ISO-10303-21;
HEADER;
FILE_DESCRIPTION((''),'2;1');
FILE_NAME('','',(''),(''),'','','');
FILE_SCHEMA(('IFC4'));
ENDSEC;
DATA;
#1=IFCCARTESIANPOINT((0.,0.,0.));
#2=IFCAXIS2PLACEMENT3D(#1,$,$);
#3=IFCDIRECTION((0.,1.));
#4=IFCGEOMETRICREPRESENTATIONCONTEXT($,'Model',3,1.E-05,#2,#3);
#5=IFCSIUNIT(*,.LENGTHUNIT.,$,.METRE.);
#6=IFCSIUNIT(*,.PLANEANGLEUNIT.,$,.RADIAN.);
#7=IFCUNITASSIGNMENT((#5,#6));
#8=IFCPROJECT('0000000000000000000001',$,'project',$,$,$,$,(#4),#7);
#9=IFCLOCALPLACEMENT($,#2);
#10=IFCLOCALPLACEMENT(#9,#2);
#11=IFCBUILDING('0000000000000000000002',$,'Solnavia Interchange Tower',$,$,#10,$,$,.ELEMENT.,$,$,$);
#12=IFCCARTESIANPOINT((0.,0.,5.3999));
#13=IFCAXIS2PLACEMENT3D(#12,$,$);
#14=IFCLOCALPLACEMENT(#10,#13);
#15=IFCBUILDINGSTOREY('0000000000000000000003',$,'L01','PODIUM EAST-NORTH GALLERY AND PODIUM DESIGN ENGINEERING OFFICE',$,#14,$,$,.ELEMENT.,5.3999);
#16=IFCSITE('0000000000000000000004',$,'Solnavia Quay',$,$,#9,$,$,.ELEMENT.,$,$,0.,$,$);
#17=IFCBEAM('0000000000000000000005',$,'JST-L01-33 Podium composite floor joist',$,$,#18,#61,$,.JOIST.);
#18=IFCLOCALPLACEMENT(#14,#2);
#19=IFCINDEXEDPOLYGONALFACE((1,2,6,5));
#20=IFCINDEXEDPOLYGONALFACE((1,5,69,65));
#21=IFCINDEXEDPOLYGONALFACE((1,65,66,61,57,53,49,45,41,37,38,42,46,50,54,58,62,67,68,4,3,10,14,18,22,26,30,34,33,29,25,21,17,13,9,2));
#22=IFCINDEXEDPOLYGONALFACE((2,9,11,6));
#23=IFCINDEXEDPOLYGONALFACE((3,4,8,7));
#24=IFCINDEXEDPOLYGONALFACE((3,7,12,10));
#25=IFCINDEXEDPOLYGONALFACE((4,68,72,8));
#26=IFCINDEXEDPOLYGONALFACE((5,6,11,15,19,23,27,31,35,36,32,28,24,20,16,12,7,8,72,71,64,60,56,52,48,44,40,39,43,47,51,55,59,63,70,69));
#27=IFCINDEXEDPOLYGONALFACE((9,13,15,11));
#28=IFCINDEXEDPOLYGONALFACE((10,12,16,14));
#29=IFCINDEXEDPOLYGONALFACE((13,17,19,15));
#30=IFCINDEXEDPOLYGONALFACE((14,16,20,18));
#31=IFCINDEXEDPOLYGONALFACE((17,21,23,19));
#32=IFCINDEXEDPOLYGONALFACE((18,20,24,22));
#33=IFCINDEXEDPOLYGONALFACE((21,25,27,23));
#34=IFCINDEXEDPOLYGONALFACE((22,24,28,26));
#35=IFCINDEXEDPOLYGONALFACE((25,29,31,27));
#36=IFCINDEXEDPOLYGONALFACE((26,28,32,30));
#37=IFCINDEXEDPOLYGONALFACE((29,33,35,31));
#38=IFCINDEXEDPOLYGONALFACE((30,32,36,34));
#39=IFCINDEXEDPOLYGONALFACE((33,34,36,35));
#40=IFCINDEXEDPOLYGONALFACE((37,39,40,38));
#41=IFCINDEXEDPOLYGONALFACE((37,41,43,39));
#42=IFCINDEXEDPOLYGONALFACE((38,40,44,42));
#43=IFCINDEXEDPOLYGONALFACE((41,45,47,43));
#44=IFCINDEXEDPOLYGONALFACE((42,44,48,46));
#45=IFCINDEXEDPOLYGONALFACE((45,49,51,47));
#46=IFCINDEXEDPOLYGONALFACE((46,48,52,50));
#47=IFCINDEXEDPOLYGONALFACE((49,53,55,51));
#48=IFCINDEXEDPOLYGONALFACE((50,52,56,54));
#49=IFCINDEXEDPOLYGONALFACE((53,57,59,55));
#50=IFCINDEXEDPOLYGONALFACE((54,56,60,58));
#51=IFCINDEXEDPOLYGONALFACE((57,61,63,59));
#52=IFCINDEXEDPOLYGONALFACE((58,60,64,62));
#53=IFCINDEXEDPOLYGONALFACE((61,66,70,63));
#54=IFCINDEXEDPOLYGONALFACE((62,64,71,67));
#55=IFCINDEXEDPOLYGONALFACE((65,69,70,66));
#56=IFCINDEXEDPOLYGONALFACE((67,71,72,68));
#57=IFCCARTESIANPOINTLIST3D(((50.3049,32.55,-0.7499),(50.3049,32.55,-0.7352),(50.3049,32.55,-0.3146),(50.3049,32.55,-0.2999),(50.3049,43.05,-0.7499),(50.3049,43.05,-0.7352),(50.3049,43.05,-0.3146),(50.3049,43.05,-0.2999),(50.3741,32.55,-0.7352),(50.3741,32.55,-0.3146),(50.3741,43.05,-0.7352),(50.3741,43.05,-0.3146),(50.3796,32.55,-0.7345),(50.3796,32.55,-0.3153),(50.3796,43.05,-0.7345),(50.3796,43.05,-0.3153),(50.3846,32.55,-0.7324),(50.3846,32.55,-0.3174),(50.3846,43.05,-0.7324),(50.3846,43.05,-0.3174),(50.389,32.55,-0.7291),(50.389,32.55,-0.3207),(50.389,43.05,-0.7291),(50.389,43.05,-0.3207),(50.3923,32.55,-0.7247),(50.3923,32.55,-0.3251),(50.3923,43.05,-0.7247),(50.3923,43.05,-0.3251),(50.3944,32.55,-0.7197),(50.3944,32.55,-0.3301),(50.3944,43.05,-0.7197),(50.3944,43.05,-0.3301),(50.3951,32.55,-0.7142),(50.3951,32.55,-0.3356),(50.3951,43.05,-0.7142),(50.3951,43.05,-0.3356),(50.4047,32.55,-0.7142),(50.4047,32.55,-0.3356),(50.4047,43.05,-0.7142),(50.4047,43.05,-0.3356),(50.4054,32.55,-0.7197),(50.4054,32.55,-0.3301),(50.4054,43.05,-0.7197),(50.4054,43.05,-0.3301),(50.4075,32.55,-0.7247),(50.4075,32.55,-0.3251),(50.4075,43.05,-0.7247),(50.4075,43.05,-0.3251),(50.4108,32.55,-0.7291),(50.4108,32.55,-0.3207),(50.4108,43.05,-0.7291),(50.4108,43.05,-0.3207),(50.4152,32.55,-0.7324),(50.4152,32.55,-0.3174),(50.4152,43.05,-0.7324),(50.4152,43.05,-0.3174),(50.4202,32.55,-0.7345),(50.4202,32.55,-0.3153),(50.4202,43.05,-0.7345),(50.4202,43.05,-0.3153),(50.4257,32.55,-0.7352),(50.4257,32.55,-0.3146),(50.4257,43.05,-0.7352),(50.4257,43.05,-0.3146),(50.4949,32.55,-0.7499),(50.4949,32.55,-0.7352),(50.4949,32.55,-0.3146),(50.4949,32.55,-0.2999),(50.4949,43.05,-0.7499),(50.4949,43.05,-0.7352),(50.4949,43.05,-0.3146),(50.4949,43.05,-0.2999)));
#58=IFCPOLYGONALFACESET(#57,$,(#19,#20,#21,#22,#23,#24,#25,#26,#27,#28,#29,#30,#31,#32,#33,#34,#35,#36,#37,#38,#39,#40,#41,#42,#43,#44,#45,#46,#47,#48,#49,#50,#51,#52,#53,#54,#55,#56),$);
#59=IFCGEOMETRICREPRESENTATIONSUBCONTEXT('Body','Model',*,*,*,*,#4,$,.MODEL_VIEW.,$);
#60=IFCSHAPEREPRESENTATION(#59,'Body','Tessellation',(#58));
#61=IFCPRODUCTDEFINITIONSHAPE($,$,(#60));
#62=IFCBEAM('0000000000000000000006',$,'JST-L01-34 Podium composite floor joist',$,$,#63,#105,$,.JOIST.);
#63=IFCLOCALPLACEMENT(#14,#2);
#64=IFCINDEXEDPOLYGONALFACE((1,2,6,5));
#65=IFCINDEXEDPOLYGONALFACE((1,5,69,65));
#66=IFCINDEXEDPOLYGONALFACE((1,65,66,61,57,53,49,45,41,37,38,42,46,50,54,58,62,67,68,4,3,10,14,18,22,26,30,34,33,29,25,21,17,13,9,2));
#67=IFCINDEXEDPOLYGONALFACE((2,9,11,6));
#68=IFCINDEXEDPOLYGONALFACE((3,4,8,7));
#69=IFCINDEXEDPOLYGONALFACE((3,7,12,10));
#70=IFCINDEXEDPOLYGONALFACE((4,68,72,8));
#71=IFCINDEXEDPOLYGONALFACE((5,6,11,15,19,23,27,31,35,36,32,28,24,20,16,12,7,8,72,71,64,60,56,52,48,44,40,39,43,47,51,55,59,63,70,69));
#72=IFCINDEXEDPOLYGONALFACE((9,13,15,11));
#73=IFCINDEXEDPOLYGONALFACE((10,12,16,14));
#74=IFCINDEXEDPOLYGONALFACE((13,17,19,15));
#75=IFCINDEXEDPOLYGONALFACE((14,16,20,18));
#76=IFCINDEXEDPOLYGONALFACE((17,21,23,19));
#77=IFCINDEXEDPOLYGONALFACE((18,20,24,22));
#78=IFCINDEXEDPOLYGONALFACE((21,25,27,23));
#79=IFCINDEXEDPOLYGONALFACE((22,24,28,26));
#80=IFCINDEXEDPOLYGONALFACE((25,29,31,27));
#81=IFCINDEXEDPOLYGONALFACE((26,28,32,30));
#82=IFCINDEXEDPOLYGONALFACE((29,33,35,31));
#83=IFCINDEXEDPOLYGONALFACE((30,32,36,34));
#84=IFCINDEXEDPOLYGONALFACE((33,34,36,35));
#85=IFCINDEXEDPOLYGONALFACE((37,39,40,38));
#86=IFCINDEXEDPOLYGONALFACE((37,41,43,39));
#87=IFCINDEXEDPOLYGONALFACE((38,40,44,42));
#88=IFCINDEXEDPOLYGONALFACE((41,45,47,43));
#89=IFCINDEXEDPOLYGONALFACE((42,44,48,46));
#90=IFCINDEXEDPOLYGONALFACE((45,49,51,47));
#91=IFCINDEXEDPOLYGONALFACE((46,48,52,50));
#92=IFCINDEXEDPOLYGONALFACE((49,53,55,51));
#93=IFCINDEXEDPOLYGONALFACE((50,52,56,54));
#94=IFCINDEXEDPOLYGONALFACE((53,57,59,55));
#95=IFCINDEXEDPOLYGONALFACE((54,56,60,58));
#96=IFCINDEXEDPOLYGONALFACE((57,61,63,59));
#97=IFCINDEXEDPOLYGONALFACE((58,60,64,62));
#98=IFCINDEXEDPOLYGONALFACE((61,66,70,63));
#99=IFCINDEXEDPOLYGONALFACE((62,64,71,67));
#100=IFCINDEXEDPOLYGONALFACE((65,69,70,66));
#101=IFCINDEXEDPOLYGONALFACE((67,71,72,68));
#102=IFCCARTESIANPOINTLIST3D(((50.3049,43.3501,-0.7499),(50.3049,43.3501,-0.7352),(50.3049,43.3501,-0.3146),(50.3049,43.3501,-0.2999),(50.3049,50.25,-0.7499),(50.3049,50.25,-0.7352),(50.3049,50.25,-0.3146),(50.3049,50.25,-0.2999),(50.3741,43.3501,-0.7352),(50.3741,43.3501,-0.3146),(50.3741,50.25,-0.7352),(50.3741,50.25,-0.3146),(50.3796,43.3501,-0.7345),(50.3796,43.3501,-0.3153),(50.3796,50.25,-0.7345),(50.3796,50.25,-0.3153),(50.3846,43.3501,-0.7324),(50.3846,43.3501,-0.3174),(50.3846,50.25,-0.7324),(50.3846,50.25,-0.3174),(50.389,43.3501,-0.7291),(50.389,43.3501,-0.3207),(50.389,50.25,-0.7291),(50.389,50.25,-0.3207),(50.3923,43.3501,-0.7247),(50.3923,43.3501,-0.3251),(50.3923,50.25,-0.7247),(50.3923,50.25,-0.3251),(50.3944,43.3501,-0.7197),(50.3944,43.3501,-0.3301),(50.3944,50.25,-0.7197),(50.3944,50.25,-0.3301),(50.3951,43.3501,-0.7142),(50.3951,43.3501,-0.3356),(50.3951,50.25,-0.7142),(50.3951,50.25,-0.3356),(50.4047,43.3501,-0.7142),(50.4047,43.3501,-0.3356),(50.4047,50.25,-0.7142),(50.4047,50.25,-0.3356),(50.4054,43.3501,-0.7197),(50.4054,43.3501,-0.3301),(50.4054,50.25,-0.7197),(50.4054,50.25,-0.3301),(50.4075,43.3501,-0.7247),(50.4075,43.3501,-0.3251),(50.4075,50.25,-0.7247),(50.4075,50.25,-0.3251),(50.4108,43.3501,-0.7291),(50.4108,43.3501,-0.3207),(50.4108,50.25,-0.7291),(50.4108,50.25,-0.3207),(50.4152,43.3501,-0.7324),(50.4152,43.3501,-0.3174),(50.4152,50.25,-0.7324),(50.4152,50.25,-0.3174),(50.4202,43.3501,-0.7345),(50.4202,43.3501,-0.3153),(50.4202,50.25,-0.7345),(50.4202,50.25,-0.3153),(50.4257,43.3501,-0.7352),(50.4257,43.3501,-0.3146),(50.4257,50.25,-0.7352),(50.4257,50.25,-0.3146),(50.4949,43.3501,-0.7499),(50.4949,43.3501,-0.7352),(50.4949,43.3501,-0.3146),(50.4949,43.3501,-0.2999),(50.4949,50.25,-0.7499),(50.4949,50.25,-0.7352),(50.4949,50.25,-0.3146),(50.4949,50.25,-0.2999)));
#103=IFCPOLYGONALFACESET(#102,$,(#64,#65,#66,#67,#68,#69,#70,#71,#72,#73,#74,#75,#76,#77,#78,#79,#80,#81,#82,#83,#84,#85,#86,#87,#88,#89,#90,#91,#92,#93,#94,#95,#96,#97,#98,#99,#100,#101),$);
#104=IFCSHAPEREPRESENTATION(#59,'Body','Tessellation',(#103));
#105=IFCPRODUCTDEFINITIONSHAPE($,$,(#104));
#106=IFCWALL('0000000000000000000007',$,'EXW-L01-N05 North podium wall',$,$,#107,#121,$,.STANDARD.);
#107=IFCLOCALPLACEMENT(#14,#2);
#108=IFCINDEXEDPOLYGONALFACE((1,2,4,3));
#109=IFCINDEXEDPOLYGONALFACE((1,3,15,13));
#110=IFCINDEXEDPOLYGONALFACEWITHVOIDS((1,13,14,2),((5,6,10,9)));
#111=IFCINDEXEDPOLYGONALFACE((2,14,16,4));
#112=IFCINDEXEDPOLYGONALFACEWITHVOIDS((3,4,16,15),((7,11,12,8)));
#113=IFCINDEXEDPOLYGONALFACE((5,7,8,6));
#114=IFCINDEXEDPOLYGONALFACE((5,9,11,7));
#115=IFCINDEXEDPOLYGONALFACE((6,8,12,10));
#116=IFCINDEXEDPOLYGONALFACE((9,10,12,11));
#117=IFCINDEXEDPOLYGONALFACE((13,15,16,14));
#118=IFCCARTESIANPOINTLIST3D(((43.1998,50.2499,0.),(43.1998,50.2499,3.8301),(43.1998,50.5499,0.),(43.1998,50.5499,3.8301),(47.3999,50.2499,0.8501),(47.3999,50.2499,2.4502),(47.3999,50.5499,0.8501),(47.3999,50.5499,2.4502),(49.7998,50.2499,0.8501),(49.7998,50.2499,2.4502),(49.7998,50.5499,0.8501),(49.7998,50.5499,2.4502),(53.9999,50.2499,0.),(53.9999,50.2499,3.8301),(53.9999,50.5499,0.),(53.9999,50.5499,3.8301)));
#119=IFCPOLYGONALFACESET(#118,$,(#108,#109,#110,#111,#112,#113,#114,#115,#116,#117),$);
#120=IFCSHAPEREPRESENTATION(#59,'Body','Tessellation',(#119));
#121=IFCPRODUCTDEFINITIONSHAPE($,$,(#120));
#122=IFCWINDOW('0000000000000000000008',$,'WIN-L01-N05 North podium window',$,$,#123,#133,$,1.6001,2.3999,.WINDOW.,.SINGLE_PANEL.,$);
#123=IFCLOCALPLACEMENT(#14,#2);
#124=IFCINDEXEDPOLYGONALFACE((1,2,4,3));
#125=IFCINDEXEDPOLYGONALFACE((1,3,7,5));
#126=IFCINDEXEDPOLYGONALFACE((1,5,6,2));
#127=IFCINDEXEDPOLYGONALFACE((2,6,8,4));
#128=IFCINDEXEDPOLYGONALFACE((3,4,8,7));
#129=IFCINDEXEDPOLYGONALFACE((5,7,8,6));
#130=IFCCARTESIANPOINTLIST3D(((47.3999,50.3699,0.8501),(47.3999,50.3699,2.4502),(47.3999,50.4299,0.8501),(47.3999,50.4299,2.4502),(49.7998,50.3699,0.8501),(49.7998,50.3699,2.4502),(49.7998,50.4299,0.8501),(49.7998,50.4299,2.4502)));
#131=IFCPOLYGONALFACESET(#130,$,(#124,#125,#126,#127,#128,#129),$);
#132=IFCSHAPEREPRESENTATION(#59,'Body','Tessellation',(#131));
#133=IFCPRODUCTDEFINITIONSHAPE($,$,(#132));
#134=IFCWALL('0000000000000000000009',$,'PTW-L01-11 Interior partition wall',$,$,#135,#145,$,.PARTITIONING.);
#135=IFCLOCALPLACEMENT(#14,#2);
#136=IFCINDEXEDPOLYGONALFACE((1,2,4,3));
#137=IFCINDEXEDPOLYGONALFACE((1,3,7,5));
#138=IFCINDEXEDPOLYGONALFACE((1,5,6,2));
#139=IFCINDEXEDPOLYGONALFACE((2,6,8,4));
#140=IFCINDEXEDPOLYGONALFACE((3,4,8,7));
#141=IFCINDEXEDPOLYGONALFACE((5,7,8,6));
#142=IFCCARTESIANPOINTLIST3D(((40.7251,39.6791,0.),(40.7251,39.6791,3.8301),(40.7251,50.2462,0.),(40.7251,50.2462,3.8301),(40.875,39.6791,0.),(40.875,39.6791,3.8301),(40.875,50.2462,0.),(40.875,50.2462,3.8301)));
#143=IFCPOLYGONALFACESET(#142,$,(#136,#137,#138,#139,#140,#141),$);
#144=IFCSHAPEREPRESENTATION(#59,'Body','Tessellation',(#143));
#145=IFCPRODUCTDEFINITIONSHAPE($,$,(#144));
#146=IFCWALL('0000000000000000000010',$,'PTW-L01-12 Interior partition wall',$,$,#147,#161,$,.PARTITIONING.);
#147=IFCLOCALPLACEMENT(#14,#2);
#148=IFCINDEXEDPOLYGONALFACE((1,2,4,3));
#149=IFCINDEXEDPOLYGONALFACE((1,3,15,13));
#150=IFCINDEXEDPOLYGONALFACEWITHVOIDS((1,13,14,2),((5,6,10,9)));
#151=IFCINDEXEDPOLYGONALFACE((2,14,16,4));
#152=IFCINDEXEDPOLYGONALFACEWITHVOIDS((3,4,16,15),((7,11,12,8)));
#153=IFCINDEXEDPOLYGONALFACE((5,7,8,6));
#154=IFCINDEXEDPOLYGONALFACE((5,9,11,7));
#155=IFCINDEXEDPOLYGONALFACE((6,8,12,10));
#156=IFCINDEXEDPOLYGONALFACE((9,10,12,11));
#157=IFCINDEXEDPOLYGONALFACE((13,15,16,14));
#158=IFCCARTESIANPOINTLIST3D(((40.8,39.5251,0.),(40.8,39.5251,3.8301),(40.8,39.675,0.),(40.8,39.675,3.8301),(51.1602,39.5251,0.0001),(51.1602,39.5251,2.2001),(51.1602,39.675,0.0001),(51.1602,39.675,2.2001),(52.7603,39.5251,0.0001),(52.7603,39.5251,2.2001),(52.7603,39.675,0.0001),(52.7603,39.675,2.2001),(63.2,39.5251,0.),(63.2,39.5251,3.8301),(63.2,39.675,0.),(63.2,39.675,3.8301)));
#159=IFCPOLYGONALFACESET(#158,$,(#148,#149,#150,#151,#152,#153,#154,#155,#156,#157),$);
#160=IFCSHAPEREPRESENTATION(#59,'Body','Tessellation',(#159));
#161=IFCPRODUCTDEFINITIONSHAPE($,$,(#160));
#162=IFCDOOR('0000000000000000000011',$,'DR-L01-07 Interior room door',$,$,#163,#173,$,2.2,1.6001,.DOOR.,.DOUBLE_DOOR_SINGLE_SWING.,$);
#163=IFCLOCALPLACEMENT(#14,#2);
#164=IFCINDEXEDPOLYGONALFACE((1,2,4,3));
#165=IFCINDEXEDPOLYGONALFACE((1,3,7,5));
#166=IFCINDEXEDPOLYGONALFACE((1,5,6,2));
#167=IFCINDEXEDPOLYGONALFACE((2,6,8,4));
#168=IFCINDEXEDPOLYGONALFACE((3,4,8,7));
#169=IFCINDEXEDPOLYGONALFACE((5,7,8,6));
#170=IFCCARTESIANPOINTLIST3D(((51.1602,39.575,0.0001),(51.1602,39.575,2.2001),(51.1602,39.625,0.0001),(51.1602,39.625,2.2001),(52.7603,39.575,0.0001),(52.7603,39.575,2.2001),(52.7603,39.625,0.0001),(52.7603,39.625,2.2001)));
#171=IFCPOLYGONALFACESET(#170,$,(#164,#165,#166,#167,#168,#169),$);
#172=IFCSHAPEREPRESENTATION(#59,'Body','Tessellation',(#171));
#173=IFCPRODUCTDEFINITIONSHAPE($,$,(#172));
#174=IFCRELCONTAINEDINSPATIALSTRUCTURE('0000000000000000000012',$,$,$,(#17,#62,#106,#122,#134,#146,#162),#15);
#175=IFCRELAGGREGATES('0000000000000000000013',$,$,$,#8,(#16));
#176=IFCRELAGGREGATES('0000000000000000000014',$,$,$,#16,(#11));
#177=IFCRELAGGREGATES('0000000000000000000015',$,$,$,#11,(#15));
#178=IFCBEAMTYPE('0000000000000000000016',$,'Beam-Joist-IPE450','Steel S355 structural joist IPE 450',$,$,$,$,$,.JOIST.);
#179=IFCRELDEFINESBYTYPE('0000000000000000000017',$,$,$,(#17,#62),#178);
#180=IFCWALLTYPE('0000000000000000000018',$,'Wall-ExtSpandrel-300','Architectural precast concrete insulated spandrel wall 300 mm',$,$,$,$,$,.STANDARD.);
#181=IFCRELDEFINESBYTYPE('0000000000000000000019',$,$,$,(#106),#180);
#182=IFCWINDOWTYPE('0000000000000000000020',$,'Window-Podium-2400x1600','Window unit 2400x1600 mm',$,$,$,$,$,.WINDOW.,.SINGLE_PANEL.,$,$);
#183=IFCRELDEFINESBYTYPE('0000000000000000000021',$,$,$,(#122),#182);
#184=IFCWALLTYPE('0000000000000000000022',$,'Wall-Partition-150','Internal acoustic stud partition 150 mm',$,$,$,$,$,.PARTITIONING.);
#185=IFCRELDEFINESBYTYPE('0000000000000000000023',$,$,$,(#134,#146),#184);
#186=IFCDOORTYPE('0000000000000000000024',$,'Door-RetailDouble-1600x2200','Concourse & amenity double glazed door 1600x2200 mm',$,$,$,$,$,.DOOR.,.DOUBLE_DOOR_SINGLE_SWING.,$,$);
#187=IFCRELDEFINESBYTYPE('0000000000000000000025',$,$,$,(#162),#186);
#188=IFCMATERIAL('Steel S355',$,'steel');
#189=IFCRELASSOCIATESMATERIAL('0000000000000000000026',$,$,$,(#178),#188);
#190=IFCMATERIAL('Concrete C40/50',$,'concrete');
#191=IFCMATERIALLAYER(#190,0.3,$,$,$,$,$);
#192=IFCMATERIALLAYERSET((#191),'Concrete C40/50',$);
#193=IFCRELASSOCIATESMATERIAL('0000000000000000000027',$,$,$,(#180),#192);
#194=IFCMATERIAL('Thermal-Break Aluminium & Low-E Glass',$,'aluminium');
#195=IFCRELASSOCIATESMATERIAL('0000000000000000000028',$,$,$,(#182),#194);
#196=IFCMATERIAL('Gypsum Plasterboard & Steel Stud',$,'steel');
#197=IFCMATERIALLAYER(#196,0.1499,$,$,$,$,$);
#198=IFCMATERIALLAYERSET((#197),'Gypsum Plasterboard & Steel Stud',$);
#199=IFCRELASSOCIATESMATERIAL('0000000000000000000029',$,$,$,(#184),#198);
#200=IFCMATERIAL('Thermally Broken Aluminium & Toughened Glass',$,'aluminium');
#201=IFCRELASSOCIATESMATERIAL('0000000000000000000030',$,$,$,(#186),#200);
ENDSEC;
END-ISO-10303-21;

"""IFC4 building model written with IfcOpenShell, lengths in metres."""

from ifc_helpers import new_model, si_unit, direction, frame, frame_2d, origin, origin_2d, place, context, subcontext, project, spatial, rectangle, i_section, extrude, material, layer, layer_set, material_profile, profile_set, type_object, element, fill, save


model = new_model("IFC4")

# Units and contexts
model_context = context("Model", 3, precision=1e-05, world=origin(), true_north=direction((0.0, 1.0)))
body_context = subcontext(model_context, "Body", "Model", "MODEL_VIEW")
ifc_project = project(units=[si_unit("LENGTHUNIT", "METRE"), si_unit("PLANEANGLEUNIT", "RADIAN")], contexts=[model_context])

# Site, building, storey
site_placement = place(None, origin())
site = spatial("IfcSite", under=ifc_project, at=site_placement, Name="Solnavia Quay", CompositionType="ELEMENT", RefElevation=0.0)
building_placement = place(site_placement, origin())
building = spatial("IfcBuilding", under=site, at=building_placement, Name="Solnavia Interchange Tower", CompositionType="ELEMENT")
storey_placement = place(building_placement, frame((0.0, 0.0, 5.3999)))
storey = spatial("IfcBuildingStorey", under=building, at=storey_placement, Name="L01", Description="PODIUM EAST-NORTH GALLERY AND PODIUM DESIGN ENGINEERING OFFICE", CompositionType="ELEMENT", Elevation=5.3999)

# Beams
ifc_material_1 = material(Name="Steel S355", Category="steel")
ifc_material_profile_1 = material_profile(ifc_material_1, i_section(OverallWidth=0.1899, OverallDepth=0.45, WebThickness=0.0095, FlangeThickness=0.0146, FilletRadius=0.021, at=origin_2d()), Name="IPE 450")
ifc_profile_set_1 = profile_set([ifc_material_profile_1], Name="Steel S355")
beam_type_1 = type_object("IfcBeamType", Name="Beam-Joist-IPE450", Description="Steel S355 structural joist IPE 450", PredefinedType="JOIST", material=ifc_profile_set_1)
beam_1_placement = place(storey_placement, frame((50.3999, 32.55, -0.5249), z_axis=(0.0, 1.0, 0.0), x_axis=(-1.0, 0.0, 0.0)))
element("IfcBeam", 1, at=beam_1_placement, inside=storey, type_object=beam_type_1, Name="JST-L01-33 Podium composite floor joist", PredefinedType="JOIST", context=body_context, shape_type="SweptSolid", body=[
    extrude(i_section(OverallWidth=0.1899, OverallDepth=0.45, WebThickness=0.0095, FlangeThickness=0.0146, FilletRadius=0.021, at=origin_2d()), origin(), (0.0, 0.0, 1.0), 10.5),
])
beam_2_placement = place(storey_placement, frame((50.3999, 43.3501, -0.5249), z_axis=(0.0, 1.0, 0.0), x_axis=(-1.0, 0.0, 0.0)))
element("IfcBeam", 2, at=beam_2_placement, inside=storey, type_object=beam_type_1, Name="JST-L01-34 Podium composite floor joist", PredefinedType="JOIST", context=body_context, shape_type="SweptSolid", body=[
    extrude(i_section(OverallWidth=0.1899, OverallDepth=0.45, WebThickness=0.0095, FlangeThickness=0.0146, FilletRadius=0.021, at=origin_2d()), origin(), (0.0, 0.0, 1.0), 6.8999),
])

# Wall, opening, window
ifc_material_2 = material(Name="Concrete C40/50", Category="concrete")
ifc_layer_1 = layer(ifc_material_2, 0.3)
ifc_layer_set_1 = layer_set([ifc_layer_1], Name="Concrete C40/50")
wall_type_1 = type_object("IfcWallType", Name="Wall-ExtSpandrel-300", Description="Architectural precast concrete insulated spandrel wall 300 mm", PredefinedType="STANDARD", material=ifc_layer_set_1)
wall_1_placement = place(storey_placement, frame((43.2, 50.3999, 0.0), z_axis=(0.0, 0.0, 1.0), x_axis=(1.0, 0.0, 0.0)))
wall_1 = element("IfcWall", 3, at=wall_1_placement, inside=storey, type_object=wall_type_1, Name="EXW-L01-N05 North podium wall", PredefinedType="STANDARD", context=body_context, shape_type="SweptSolid", body=[
    extrude(rectangle(XDim=10.8, YDim=0.3, at=frame_2d((5.3999, 0.0))), origin(), (0.0, 0.0, 1.0), 3.8301),
])
opening_1_placement = place(wall_1_placement, frame((4.2, 0.0, 0.8501)))
opening_1 = element("IfcOpeningElement", 4, at=opening_1_placement, cuts=wall_1, PredefinedType="OPENING", context=body_context, shape_type="SweptSolid", body=[
    extrude(rectangle(XDim=2.3999, YDim=1.6001, at=frame_2d((1.2, 0.8))), frame((0.0, 0.1602, 0.0), z_axis=(0.0, -1.0, 0.0), x_axis=(1.0, 0.0, 0.0)), (0.0, 0.0, 1.0), 0.3201),
])
ifc_material_3 = material(Name="Thermal-Break Aluminium & Low-E Glass", Category="aluminium")
window_type = type_object("IfcWindowType", Name="Window-Podium-2400x1600", Description="Window unit 2400x1600 mm", PartitioningType="SINGLE_PANEL", PredefinedType="WINDOW", material=ifc_material_3)
window_placement = place(opening_1_placement, origin())
window = element("IfcWindow", 5, at=window_placement, inside=storey, type_object=window_type, Name="WIN-L01-N05 North podium window", OverallHeight=1.6001, OverallWidth=2.3999, PartitioningType="SINGLE_PANEL", PredefinedType="WINDOW", context=body_context, shape_type="SweptSolid", body=[
    extrude(rectangle(XDim=2.3999, YDim=1.6001, at=frame_2d((1.2, 0.8))), frame((0.0, 0.03, 0.0), z_axis=(0.0, -1.0, 0.0), x_axis=(1.0, 0.0, 0.0)), (0.0, 0.0, 1.0), 0.0601),
])
fill(opening_1, window)

# Wall
ifc_material_4 = material(Name="Gypsum Plasterboard & Steel Stud", Category="steel")
ifc_layer_2 = layer(ifc_material_4, 0.1499)
ifc_layer_set_2 = layer_set([ifc_layer_2], Name="Gypsum Plasterboard & Steel Stud")
wall_type_2 = type_object("IfcWallType", Name="Wall-Partition-150", Description="Internal acoustic stud partition 150 mm", PredefinedType="PARTITIONING", material=ifc_layer_set_2)
wall_2_placement = place(storey_placement, frame((40.8, 39.679, 0.0), z_axis=(0.0, 0.0, 1.0), x_axis=(0.0, 1.0, 0.0)))
element("IfcWall", 6, at=wall_2_placement, inside=storey, type_object=wall_type_2, Name="PTW-L01-11 Interior partition wall", PredefinedType="PARTITIONING", context=body_context, shape_type="SweptSolid", body=[
    extrude(rectangle(XDim=10.5671, YDim=0.1499, at=frame_2d((5.2837, 0.0))), origin(), (0.0, 0.0, 1.0), 3.8301),
])

# Wall, opening, door
wall_3_placement = place(storey_placement, frame((40.8, 39.6001, 0.0), z_axis=(0.0, 0.0, 1.0), x_axis=(1.0, 0.0, 0.0)))
wall_3 = element("IfcWall", 7, at=wall_3_placement, inside=storey, type_object=wall_type_2, Name="PTW-L01-12 Interior partition wall", PredefinedType="PARTITIONING", context=body_context, shape_type="SweptSolid", body=[
    extrude(rectangle(XDim=22.3999, YDim=0.1499, at=frame_2d((11.2, 0.0))), origin(), (0.0, 0.0, 1.0), 3.8301),
])
opening_2_placement = place(wall_3_placement, frame((10.3601, 0.0, 0.0)))
opening_2 = element("IfcOpeningElement", 8, at=opening_2_placement, cuts=wall_3, PredefinedType="OPENING", context=body_context, shape_type="SweptSolid", body=[
    extrude(rectangle(XDim=1.6001, YDim=2.2, at=frame_2d((0.8, 1.1001))), frame((0.0, 0.085, 0.0), z_axis=(0.0, -1.0, 0.0), x_axis=(1.0, 0.0, 0.0)), (0.0, 0.0, 1.0), 0.1699),
])
ifc_material_5 = material(Name="Thermally Broken Aluminium & Toughened Glass", Category="aluminium")
door_type_1 = type_object("IfcDoorType", Name="Door-RetailDouble-1600x2200", Description="Concourse & amenity double glazed door 1600x2200 mm", OperationType="DOUBLE_DOOR_SINGLE_SWING", PredefinedType="DOOR", material=ifc_material_5)
door_1_placement = place(opening_2_placement, origin())
door_1 = element("IfcDoor", 9, at=door_1_placement, inside=storey, type_object=door_type_1, Name="DR-L01-07 Interior room door", OperationType="DOUBLE_DOOR_SINGLE_SWING", OverallHeight=2.2, OverallWidth=1.6001, PredefinedType="DOOR", context=body_context, shape_type="SweptSolid", body=[
    extrude(rectangle(XDim=1.6001, YDim=2.2, at=frame_2d((0.8, 1.1001))), frame((0.0, 0.0249, 0.0), z_axis=(0.0, -1.0, 0.0), x_axis=(1.0, 0.0, 0.0)), (0.0, 0.0, 1.0), 0.05),
])
fill(opening_2, door_1)

save(model, "model.ifc")
